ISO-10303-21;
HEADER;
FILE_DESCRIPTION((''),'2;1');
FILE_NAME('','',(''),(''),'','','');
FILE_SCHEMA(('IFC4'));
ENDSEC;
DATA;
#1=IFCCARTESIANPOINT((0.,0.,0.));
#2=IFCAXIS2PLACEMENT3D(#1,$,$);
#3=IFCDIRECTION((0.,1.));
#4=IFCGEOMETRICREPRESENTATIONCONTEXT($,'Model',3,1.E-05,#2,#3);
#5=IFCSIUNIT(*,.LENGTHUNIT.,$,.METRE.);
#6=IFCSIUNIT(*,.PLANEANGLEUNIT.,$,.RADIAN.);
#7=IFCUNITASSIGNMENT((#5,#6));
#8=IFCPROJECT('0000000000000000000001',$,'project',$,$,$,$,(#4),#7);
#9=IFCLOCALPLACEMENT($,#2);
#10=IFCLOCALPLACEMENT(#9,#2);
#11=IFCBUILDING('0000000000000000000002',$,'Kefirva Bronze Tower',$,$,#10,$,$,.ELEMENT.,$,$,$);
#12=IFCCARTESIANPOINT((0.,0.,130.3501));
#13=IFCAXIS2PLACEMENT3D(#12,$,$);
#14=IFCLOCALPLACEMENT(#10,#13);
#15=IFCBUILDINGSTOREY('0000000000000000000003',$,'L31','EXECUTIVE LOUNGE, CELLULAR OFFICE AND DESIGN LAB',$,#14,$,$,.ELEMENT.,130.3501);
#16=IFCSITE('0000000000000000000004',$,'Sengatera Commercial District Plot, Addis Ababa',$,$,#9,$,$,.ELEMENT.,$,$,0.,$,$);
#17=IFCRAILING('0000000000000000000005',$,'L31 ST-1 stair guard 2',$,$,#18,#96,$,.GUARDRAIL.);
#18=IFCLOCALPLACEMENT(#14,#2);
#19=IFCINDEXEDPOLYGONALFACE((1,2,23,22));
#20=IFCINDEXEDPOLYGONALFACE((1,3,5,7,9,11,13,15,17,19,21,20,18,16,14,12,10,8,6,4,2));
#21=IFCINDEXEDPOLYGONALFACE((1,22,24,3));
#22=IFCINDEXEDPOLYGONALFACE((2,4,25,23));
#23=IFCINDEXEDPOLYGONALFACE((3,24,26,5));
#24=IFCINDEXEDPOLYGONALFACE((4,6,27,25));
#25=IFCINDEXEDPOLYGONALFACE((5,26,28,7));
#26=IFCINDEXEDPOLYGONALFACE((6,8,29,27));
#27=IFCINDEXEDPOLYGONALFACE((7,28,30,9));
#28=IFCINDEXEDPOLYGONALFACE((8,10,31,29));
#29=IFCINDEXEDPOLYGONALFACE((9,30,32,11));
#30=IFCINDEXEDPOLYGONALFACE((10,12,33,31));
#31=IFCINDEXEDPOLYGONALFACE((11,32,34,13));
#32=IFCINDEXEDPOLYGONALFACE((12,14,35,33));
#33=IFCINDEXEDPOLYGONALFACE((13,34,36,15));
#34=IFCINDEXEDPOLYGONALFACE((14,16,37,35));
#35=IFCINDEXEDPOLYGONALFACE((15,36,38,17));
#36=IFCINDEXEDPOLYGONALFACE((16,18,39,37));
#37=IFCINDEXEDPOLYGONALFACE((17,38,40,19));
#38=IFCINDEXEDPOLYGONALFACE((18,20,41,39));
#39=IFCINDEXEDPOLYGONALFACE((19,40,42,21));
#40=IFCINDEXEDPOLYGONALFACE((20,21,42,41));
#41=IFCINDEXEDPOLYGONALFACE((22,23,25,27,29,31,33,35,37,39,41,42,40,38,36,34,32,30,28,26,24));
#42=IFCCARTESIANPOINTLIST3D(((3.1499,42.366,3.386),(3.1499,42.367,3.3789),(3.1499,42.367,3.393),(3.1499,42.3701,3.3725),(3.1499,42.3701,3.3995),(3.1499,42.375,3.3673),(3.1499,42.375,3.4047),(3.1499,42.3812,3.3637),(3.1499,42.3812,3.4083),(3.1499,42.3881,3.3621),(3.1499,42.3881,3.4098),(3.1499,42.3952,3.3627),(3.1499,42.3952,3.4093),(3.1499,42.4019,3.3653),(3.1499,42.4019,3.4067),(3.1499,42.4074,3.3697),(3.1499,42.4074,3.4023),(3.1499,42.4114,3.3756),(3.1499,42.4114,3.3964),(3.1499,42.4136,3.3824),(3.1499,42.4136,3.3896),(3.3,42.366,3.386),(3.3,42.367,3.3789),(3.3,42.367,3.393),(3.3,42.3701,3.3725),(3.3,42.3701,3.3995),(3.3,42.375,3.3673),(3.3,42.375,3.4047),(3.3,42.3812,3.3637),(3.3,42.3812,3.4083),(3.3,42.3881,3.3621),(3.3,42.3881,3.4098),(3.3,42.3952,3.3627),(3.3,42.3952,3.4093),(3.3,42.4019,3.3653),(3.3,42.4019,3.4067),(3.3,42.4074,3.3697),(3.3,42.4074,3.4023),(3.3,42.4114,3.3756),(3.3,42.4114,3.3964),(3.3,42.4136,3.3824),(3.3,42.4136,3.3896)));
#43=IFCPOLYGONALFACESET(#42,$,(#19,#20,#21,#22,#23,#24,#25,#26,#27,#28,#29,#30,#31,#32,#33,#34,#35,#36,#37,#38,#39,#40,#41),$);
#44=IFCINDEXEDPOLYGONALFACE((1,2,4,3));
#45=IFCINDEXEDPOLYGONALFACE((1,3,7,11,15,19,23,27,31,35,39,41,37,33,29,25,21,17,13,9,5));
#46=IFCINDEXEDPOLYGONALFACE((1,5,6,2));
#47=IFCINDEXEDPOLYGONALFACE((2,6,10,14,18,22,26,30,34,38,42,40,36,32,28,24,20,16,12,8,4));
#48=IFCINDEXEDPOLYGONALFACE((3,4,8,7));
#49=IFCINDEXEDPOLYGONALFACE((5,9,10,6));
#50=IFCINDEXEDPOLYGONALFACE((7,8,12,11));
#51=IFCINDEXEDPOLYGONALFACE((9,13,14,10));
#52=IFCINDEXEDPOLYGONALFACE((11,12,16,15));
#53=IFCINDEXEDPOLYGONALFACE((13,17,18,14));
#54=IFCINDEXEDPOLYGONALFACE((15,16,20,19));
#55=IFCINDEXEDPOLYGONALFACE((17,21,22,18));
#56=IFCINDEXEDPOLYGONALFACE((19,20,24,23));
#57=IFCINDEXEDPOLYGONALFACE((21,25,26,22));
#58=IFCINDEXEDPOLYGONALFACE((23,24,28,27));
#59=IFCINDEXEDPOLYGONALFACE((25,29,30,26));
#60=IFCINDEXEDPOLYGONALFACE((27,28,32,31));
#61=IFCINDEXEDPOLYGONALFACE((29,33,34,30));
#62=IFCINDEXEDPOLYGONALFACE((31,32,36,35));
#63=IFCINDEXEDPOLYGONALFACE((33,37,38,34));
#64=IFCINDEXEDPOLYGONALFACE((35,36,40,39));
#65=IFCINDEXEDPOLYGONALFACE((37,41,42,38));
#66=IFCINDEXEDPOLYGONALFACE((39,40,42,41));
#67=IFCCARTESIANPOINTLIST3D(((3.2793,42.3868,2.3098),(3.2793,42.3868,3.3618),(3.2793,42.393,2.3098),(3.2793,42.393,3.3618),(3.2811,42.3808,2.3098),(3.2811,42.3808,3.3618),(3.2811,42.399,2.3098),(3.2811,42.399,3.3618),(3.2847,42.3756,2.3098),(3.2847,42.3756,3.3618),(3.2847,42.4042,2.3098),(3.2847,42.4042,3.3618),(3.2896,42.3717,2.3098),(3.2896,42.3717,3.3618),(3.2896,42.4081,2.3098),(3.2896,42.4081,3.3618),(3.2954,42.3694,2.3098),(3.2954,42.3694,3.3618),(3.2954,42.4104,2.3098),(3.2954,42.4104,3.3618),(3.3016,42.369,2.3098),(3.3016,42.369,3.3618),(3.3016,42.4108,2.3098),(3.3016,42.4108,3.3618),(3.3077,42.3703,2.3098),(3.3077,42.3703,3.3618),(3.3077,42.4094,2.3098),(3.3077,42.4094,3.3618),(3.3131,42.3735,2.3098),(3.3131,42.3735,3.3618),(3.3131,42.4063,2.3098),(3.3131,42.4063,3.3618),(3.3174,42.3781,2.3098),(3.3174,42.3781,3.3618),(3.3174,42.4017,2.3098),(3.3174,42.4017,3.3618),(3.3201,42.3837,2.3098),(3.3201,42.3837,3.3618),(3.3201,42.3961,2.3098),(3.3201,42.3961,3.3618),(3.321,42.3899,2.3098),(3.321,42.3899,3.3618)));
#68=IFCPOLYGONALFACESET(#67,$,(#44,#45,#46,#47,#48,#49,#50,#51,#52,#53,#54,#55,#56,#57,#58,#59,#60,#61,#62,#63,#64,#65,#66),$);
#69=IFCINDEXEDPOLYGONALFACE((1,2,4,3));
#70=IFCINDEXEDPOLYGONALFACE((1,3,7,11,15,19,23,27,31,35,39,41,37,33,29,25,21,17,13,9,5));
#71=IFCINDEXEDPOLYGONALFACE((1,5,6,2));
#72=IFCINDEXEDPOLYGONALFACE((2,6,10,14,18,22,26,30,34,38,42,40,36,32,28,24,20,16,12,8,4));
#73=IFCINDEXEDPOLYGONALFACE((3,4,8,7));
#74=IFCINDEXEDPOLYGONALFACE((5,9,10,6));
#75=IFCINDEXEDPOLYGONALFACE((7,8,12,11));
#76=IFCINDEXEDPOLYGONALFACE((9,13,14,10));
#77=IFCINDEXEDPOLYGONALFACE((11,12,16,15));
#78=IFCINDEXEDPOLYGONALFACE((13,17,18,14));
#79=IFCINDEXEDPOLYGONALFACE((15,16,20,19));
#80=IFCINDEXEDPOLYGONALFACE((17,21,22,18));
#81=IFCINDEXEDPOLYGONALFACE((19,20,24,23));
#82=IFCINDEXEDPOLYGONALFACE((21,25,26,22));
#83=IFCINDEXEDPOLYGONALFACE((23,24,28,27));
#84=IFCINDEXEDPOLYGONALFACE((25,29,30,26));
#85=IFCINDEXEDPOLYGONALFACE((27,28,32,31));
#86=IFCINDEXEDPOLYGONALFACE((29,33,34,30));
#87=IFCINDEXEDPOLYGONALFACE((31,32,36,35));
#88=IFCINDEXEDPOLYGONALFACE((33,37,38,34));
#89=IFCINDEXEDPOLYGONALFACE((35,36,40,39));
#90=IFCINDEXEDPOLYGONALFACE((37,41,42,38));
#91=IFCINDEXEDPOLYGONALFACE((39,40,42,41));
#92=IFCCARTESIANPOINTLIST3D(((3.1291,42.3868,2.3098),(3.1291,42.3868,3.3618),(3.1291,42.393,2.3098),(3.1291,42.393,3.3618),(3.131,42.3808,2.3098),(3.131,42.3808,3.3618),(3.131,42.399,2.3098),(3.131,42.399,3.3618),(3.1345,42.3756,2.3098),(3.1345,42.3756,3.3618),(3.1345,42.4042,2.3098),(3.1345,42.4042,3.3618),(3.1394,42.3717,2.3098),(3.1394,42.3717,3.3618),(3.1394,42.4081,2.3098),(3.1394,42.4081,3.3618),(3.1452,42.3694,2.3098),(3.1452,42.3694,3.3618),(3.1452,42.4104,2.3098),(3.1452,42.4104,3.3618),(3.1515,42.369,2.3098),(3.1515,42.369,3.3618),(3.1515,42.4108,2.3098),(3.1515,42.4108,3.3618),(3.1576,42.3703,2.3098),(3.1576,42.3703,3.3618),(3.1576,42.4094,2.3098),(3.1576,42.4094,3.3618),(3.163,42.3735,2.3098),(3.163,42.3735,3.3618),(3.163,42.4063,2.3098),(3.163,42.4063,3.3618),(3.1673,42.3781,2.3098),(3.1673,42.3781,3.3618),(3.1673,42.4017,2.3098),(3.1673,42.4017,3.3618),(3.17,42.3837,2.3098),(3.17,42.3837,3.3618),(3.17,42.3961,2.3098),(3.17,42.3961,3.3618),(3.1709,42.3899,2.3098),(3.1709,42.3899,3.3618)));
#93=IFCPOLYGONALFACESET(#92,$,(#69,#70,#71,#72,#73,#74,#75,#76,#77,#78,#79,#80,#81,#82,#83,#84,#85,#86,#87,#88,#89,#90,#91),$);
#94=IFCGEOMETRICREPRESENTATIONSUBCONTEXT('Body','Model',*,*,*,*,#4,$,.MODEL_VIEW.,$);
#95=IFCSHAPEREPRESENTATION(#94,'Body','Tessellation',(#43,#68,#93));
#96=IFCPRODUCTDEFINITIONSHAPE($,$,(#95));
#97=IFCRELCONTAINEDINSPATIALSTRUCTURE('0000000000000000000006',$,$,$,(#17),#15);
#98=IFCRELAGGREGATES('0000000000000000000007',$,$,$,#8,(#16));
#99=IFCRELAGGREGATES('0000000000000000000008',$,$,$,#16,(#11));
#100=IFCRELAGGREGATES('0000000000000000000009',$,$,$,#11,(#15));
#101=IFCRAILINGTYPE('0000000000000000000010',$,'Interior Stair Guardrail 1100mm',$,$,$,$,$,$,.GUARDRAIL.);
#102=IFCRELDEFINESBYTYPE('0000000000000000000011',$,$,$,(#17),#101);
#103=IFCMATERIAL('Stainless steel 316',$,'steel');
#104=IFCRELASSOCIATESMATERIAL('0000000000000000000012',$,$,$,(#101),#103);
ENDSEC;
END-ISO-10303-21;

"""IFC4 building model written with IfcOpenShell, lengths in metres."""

from ifc_helpers import new_model, si_unit, direction, frame, origin, origin_2d, place, context, subcontext, project, spatial, circle, extrude, material, type_object, element, save


model = new_model("IFC4")

# Units and contexts
model_context = context("Model", 3, precision=1e-05, world=origin(), true_north=direction((0.0, 1.0)))
body_context = subcontext(model_context, "Body", "Model", "MODEL_VIEW")
ifc_project = project(units=[si_unit("LENGTHUNIT", "METRE"), si_unit("PLANEANGLEUNIT", "RADIAN")], contexts=[model_context])

# Site, building, storey
site_placement = place(None, origin())
site = spatial("IfcSite", under=ifc_project, at=site_placement, Name="Sengatera Commercial District Plot, Addis Ababa", CompositionType="ELEMENT", RefElevation=0.0)
building_placement = place(site_placement, origin())
building = spatial("IfcBuilding", under=site, at=building_placement, Name="Kefirva Bronze Tower", CompositionType="ELEMENT")
storey_placement = place(building_placement, frame((0.0, 0.0, 130.3501)))
storey = spatial("IfcBuildingStorey", under=building, at=storey_placement, Name="L31", Description="EXECUTIVE LOUNGE, CELLULAR OFFICE AND DESIGN LAB", CompositionType="ELEMENT", Elevation=130.3501)

# Shared definitions
ifc_material_1 = material(Name="Stainless steel 316", Category="steel")

# Railing
railing_type_1 = type_object("IfcRailingType", Name="Interior Stair Guardrail 1100mm", PredefinedType="GUARDRAIL", material=ifc_material_1)
railing_1_placement = place(storey_placement, frame((3.3, 42.3899, 2.3098)))
element("IfcRailing", 1, at=railing_1_placement, inside=storey, type_object=railing_type_1, Name="L31 ST-1 stair guard 2", PredefinedType="GUARDRAIL", context=body_context, shape_type="SweptSolid", body=[
    extrude(circle(Radius=0.0239, at=origin_2d()), frame((0.0, 0.0, 1.0762), z_axis=(-1.0, 0.0, 0.0), x_axis=(0.0, -1.0, 0.0)), (0.0, 0.0, 1.0), 0.1501),
    extrude(circle(Radius=0.021, at=origin_2d()), origin(), (0.0, 0.0, 1.0), 1.052),
    extrude(circle(Radius=0.021, at=origin_2d()), frame((-0.1501, 0.0, 0.0)), (0.0, 0.0, 1.0), 1.052),
])

save(model, "model.ifc")
